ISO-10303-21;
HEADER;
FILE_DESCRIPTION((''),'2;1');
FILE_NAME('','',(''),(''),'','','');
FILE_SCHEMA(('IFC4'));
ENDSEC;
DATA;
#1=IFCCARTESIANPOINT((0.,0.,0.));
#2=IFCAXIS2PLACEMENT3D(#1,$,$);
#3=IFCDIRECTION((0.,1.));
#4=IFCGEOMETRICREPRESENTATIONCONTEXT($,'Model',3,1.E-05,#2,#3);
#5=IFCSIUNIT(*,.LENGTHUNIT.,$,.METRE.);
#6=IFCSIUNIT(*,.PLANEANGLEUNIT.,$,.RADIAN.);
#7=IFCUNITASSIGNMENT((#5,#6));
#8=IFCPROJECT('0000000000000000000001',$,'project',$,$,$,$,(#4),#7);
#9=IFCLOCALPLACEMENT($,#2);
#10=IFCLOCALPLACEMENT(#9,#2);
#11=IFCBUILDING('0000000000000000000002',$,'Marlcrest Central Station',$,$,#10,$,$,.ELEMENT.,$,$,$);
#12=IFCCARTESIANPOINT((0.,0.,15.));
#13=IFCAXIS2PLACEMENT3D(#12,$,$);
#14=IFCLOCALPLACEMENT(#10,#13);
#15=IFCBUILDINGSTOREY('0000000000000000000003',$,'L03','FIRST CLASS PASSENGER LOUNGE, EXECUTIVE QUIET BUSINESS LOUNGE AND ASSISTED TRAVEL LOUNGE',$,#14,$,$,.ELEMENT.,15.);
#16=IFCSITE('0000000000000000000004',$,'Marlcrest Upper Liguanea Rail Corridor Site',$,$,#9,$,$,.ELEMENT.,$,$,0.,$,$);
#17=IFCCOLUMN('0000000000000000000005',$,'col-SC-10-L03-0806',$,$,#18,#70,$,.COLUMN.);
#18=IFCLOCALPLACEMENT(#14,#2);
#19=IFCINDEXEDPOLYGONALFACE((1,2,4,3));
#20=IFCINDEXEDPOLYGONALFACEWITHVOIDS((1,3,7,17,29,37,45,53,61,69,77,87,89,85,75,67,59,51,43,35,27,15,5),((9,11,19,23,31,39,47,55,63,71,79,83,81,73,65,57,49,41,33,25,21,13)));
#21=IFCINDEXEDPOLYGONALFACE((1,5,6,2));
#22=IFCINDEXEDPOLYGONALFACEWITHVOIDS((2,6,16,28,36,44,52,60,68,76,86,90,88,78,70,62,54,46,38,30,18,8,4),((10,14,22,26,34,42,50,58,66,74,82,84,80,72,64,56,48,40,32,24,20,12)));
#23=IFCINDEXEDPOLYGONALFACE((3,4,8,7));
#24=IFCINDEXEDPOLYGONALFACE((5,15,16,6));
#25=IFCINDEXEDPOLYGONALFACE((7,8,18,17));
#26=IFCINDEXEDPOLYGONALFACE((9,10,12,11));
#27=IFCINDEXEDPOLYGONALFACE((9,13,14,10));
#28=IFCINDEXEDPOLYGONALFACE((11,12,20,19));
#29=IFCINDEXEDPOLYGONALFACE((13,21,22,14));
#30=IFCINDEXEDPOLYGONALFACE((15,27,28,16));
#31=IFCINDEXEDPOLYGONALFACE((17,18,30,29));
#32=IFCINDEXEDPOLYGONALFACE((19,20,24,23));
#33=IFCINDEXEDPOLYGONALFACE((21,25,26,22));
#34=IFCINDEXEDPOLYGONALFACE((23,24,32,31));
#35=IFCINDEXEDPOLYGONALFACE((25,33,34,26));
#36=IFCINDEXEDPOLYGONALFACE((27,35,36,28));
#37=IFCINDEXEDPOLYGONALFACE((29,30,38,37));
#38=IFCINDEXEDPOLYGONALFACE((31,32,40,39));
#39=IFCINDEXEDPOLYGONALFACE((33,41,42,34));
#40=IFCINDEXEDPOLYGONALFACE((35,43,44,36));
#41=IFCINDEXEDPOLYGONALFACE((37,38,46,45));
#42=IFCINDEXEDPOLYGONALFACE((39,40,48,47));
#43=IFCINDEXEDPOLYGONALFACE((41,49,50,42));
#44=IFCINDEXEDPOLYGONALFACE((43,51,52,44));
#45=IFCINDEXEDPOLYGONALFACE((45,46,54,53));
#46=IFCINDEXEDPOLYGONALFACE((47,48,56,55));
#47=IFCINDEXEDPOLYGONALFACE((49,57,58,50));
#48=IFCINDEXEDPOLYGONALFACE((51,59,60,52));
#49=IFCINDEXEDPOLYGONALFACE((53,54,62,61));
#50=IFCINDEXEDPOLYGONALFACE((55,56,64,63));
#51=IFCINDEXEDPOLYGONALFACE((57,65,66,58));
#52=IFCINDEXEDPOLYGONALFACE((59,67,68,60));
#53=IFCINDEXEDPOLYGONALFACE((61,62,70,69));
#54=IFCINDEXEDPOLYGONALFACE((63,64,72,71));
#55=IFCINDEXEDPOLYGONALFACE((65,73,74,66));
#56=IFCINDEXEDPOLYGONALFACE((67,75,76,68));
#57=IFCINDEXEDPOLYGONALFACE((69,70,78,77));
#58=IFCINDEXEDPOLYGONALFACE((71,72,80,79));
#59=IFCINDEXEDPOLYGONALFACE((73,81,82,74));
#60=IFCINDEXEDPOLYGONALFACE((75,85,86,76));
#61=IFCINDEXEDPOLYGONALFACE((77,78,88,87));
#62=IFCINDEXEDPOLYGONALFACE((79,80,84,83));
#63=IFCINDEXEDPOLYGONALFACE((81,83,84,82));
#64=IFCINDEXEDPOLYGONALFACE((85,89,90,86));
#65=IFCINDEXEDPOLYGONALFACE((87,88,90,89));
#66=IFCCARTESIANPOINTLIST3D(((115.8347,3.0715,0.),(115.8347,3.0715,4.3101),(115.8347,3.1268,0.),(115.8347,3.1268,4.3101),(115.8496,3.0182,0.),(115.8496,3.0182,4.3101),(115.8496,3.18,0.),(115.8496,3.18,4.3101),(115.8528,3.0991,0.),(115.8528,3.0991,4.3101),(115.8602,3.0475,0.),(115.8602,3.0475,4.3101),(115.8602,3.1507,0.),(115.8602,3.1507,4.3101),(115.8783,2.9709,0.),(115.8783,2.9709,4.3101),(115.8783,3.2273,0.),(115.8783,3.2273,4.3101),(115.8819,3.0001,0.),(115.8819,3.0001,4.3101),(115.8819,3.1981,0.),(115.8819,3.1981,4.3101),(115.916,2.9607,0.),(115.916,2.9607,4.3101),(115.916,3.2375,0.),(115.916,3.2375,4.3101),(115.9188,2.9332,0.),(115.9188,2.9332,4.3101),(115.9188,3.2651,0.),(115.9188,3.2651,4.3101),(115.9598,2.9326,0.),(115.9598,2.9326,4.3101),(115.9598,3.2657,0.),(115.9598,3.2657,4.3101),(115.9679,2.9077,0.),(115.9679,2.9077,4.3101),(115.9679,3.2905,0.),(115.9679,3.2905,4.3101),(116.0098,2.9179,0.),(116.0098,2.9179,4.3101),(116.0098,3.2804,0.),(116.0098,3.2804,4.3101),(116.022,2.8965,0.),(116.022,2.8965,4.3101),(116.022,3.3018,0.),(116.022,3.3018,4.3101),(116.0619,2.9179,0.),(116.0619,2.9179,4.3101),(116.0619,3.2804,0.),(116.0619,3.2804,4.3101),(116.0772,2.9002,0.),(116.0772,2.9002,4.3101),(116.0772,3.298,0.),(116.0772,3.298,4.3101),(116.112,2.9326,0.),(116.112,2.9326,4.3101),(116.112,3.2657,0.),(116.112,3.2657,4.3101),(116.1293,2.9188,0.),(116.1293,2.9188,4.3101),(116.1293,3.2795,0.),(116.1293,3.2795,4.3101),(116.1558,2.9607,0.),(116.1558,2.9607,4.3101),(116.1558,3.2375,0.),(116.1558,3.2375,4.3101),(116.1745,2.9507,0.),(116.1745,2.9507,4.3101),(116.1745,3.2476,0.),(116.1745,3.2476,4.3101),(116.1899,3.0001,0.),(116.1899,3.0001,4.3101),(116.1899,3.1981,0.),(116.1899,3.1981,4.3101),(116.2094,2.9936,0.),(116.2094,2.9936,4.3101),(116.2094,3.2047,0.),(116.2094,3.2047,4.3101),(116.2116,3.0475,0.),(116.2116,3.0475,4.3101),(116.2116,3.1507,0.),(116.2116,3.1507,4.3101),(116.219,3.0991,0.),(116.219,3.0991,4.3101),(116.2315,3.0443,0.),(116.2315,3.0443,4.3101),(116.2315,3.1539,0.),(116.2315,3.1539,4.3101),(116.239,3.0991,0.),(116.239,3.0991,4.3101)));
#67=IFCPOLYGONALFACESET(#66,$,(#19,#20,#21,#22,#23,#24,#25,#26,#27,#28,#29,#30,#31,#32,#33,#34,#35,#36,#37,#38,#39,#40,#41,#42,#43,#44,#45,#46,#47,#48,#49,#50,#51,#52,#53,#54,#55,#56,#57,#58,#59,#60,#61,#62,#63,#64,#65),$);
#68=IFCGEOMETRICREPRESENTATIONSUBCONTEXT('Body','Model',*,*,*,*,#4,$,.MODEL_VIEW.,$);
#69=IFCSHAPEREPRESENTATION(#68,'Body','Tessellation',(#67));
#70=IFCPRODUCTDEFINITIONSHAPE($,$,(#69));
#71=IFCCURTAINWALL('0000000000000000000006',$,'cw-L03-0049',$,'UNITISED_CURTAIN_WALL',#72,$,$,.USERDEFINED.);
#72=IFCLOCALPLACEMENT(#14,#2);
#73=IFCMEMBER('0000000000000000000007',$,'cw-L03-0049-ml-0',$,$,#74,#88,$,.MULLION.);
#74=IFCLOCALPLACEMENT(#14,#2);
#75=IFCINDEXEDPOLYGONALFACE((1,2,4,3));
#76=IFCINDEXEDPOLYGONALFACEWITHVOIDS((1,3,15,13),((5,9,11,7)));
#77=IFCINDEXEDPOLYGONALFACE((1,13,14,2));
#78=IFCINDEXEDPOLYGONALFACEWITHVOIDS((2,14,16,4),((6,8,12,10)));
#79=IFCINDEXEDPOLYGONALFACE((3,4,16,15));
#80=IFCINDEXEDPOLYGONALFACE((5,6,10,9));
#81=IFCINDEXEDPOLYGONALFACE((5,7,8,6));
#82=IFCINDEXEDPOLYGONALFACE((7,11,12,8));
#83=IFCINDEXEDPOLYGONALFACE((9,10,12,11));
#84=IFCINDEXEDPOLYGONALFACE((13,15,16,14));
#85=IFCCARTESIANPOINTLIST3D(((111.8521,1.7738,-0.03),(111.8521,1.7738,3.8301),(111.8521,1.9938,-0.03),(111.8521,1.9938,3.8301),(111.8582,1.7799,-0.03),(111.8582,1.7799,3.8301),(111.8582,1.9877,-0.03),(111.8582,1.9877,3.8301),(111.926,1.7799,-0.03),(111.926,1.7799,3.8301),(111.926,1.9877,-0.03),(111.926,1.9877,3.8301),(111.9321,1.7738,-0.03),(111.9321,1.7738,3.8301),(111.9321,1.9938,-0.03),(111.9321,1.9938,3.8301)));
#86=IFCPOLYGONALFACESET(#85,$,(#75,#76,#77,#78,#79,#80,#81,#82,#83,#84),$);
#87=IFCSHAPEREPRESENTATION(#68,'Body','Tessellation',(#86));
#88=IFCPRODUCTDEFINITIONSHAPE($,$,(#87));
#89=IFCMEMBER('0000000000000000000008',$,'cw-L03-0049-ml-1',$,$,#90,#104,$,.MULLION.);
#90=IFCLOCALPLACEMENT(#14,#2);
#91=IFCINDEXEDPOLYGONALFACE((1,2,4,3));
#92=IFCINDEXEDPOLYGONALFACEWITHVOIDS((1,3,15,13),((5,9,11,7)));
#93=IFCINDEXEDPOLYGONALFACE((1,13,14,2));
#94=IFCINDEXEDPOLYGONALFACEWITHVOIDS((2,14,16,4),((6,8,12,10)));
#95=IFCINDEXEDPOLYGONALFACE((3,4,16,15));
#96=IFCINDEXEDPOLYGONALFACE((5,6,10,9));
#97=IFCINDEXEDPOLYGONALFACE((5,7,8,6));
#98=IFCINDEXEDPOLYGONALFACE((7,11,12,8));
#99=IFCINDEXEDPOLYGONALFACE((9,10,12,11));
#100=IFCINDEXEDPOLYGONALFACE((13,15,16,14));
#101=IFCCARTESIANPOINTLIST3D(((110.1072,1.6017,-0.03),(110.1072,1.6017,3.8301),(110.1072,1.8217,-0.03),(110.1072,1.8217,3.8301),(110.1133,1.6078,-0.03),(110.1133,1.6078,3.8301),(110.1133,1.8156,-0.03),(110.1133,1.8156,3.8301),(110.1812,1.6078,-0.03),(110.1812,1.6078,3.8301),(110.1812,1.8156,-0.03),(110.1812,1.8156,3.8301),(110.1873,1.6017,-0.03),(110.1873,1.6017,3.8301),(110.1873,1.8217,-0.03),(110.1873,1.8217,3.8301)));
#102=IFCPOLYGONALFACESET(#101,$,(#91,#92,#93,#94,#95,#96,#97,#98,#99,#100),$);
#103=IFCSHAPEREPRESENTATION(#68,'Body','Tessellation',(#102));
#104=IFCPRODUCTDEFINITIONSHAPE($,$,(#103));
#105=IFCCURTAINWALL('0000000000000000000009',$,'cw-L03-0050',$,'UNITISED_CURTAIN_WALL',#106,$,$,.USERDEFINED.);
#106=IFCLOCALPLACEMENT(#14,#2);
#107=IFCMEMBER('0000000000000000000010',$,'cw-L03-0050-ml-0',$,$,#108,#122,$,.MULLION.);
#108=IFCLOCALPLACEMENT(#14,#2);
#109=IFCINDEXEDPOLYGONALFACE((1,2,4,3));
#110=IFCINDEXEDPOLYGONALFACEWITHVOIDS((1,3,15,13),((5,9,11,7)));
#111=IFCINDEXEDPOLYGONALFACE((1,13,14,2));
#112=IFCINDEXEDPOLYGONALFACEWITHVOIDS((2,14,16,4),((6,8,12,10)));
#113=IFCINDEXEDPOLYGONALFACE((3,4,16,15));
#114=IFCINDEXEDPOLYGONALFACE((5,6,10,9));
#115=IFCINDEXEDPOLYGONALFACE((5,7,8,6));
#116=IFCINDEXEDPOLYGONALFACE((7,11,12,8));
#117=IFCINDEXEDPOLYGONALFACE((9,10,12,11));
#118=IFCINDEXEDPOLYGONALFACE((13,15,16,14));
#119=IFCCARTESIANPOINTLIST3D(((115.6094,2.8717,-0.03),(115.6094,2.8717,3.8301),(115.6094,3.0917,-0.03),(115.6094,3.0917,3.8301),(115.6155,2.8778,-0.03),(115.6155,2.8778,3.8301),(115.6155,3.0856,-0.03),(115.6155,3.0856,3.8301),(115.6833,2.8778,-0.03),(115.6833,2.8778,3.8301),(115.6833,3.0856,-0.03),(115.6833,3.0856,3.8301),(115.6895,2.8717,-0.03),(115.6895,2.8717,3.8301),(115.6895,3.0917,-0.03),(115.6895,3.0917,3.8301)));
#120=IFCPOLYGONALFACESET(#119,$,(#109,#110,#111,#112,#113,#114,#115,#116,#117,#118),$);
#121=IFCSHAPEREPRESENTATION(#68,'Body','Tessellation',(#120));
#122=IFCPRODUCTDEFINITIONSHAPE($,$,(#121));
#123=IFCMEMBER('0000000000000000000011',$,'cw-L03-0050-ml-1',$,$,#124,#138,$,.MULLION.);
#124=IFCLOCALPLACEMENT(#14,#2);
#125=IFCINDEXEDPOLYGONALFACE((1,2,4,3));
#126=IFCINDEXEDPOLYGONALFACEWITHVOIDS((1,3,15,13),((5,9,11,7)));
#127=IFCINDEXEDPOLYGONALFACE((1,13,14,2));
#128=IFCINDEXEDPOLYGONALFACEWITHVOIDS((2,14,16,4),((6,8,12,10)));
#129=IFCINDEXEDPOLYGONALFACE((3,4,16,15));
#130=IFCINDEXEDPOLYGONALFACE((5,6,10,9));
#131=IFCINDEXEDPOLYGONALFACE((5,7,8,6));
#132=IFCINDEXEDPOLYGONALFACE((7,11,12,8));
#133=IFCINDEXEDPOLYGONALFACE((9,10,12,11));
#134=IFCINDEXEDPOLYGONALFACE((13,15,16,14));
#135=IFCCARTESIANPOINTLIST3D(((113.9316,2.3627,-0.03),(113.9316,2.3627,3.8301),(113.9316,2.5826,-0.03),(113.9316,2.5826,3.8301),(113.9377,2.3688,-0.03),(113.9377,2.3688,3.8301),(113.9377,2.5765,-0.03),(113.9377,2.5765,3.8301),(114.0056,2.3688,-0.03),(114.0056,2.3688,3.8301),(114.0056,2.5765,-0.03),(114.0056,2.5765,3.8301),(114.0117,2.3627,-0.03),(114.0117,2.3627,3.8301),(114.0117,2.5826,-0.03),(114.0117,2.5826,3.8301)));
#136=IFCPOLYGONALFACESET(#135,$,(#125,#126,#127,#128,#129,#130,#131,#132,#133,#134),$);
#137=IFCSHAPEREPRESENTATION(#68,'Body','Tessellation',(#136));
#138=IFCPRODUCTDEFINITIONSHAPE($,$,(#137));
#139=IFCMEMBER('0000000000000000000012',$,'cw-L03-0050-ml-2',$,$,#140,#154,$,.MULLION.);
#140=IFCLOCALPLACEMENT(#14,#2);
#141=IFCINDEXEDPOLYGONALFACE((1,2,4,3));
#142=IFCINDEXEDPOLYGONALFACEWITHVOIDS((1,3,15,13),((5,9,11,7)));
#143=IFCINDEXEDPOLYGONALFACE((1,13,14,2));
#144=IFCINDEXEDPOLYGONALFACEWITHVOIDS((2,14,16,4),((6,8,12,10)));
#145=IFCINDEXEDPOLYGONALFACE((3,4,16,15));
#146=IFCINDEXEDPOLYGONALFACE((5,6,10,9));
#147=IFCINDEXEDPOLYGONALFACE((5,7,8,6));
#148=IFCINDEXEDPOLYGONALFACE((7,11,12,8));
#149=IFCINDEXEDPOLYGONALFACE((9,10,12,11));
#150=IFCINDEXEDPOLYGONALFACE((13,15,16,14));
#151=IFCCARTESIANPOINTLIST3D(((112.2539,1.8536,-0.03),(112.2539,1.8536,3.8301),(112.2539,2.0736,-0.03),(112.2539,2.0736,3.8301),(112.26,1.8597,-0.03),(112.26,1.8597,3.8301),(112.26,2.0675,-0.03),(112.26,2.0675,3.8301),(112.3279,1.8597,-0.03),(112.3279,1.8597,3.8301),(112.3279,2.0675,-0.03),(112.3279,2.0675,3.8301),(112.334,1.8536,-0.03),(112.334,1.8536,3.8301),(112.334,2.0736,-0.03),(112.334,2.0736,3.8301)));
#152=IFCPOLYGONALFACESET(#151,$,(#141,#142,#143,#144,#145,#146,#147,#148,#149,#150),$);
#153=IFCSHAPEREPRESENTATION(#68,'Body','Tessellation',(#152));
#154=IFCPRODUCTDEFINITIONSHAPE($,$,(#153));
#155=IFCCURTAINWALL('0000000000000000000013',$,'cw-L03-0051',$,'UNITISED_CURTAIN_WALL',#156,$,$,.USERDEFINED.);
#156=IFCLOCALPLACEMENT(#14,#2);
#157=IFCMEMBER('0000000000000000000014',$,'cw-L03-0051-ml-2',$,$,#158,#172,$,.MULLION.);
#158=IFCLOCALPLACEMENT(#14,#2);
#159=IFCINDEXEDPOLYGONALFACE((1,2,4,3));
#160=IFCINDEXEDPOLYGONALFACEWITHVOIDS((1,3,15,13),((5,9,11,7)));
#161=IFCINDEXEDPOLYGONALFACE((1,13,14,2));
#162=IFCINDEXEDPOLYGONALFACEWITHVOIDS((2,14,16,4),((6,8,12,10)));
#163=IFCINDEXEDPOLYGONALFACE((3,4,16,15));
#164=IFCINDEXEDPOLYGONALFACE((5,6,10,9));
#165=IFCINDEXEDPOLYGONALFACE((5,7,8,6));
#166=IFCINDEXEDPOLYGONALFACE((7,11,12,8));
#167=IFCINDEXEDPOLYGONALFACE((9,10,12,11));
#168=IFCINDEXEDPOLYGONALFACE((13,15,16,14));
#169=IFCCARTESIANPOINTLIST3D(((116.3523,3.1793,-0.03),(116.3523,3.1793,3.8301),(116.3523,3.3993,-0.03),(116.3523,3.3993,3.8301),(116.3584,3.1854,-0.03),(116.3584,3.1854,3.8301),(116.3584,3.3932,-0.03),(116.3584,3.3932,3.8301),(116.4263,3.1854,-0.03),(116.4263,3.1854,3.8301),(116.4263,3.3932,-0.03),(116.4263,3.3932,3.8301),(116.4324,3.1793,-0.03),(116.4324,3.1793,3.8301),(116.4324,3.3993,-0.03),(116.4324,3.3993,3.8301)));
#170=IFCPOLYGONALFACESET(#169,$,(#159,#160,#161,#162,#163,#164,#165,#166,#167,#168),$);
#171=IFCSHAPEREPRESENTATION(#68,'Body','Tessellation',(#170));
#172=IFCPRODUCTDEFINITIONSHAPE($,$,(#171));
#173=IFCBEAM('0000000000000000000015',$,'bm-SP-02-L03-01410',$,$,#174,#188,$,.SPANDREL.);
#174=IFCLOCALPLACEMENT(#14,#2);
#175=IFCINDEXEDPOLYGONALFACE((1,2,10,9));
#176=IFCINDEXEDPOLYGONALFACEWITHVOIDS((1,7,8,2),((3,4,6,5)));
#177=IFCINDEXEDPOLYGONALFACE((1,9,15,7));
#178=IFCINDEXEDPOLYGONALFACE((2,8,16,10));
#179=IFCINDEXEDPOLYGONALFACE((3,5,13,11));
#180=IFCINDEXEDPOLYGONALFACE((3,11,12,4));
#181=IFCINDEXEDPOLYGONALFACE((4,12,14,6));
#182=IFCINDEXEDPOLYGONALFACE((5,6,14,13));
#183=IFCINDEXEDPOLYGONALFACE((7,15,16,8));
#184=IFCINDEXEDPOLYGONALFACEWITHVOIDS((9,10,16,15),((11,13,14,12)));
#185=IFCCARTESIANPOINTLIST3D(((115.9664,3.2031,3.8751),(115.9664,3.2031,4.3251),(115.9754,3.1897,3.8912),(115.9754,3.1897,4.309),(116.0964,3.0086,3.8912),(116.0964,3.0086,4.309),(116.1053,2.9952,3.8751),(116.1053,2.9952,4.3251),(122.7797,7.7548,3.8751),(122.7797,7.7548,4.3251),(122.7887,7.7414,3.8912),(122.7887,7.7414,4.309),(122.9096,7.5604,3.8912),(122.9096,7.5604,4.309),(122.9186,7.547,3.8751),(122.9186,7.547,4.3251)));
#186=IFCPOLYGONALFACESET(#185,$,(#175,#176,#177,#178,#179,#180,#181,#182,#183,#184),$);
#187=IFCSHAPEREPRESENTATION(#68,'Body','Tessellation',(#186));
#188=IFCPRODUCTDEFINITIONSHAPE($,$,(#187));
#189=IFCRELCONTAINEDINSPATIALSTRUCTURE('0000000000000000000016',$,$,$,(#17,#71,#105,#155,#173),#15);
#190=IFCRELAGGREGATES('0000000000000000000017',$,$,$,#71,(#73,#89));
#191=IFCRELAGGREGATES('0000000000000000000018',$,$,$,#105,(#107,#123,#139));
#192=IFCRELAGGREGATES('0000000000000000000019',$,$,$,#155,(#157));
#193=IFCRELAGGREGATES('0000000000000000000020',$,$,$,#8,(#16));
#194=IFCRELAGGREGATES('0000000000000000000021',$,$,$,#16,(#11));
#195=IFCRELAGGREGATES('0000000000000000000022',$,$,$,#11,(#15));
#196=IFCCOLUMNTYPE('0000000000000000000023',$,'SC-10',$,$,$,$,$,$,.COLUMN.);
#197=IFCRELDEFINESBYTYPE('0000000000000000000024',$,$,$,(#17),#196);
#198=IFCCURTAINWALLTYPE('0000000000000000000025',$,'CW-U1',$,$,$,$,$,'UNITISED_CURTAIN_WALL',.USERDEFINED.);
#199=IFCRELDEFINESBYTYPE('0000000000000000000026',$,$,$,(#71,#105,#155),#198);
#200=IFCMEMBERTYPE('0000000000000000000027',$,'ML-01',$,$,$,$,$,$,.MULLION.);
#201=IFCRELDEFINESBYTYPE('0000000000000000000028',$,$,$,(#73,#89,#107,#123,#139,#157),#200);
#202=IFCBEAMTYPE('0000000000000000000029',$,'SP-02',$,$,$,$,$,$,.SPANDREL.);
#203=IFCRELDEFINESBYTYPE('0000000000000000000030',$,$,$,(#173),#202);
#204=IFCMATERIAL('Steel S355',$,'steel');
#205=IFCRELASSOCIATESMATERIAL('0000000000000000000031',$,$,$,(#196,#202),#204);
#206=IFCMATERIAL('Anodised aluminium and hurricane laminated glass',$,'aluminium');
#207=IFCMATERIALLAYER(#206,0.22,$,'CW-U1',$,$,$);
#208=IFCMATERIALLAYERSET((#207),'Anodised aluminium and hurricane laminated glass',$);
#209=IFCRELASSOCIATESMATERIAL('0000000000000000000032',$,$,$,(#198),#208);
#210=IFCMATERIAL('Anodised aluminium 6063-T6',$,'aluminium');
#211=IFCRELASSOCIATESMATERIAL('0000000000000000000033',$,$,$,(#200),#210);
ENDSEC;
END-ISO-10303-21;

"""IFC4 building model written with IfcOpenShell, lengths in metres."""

from ifc_helpers import new_model, si_unit, direction, frame, origin, origin_2d, place, context, subcontext, project, spatial, hollow_rectangle, hollow_circle, extrude, material, layer, layer_set, material_profile, profile_set, type_object, element, aggregate, save


model = new_model("IFC4")

# Units and contexts
model_context = context("Model", 3, precision=1e-05, world=origin(), true_north=direction((0.0, 1.0)))
body_context = subcontext(model_context, "Body", "Model", "MODEL_VIEW")
ifc_project = project(units=[si_unit("LENGTHUNIT", "METRE"), si_unit("PLANEANGLEUNIT", "RADIAN")], contexts=[model_context])

# Site, building, storey
site_placement = place(None, origin())
site = spatial("IfcSite", under=ifc_project, at=site_placement, Name="Marlcrest Upper Liguanea Rail Corridor Site", CompositionType="ELEMENT", RefElevation=0.0)
building_placement = place(site_placement, origin())
building = spatial("IfcBuilding", under=site, at=building_placement, Name="Marlcrest Central Station", CompositionType="ELEMENT")
storey_placement = place(building_placement, frame((0.0, 0.0, 15.0)))
storey = spatial("IfcBuildingStorey", under=building, at=storey_placement, Name="L03", Description="FIRST CLASS PASSENGER LOUNGE, EXECUTIVE QUIET BUSINESS LOUNGE AND ASSISTED TRAVEL LOUNGE", CompositionType="ELEMENT", Elevation=15.0)

# Column
ifc_material_1 = material(Name="Steel S355", Category="steel")
ifc_material_profile_1 = material_profile(ifc_material_1, hollow_circle(Radius=0.2031, WallThickness=0.02, at=origin_2d()), Name="CHS 406.4x20")
ifc_profile_set_1 = profile_set([ifc_material_profile_1], Name="Steel S355")
column_type = type_object("IfcColumnType", Name="SC-10", PredefinedType="COLUMN", material=ifc_profile_set_1)
column_placement = place(storey_placement, frame((116.0359, 3.0991, 0.0), z_axis=(0.0, 0.0, 1.0), x_axis=(1.0, 0.0, 0.0)))
element("IfcColumn", 1, at=column_placement, inside=storey, type_object=column_type, Name="col-SC-10-L03-0806", PredefinedType="COLUMN", context=body_context, shape_type="SweptSolid", body=[
    extrude(hollow_circle(Radius=0.2031, WallThickness=0.02, at=origin_2d()), origin(), (0.0, 0.0, 1.0), 4.3101),
])

# Curtain walls, members
ifc_material_2 = material(Name="Anodised aluminium and hurricane laminated glass", Category="aluminium")
ifc_layer_1 = layer(ifc_material_2, 0.22, Name="CW-U1")
ifc_layer_set_1 = layer_set([ifc_layer_1], Name="Anodised aluminium and hurricane laminated glass")
curtain_wall_type = type_object("IfcCurtainWallType", Name="CW-U1", ElementType="UNITISED_CURTAIN_WALL", PredefinedType="USERDEFINED", material=ifc_layer_set_1)
curtain_wall_1_placement = place(storey_placement, origin())
curtain_wall_1 = element("IfcCurtainWall", 2, at=curtain_wall_1_placement, inside=storey, type_object=curtain_wall_type, Name="cw-L03-0049", ObjectType="UNITISED_CURTAIN_WALL", PredefinedType="USERDEFINED")
ifc_material_3 = material(Name="Anodised aluminium 6063-T6", Category="aluminium")
ifc_material_profile_2 = material_profile(ifc_material_3, hollow_rectangle(XDim=0.0801, YDim=0.22, WallThickness=0.0061, at=origin_2d()), Name="AA-RHS 220x80x6")
ifc_profile_set_2 = profile_set([ifc_material_profile_2], Name="Anodised aluminium 6063-T6")
member_type_1 = type_object("IfcMemberType", Name="ML-01", PredefinedType="MULLION", material=ifc_profile_set_2)
member_1_placement = place(storey_placement, frame((111.8921, 1.8838, -0.03), z_axis=(0.0, 0.0, 1.0), x_axis=(1.0, 0.0, 0.0)))
member_1 = element("IfcMember", 3, at=member_1_placement, type_object=member_type_1, Name="cw-L03-0049-ml-0", PredefinedType="MULLION", context=body_context, shape_type="SweptSolid", body=[
    extrude(hollow_rectangle(XDim=0.0801, YDim=0.22, WallThickness=0.0061, at=origin_2d()), origin(), (0.0, 0.0, 1.0), 3.8601),
])
member_2_placement = place(storey_placement, frame((110.1472, 1.7117, -0.03), z_axis=(0.0, 0.0, 1.0), x_axis=(1.0, 0.0, 0.0)))
member_2 = element("IfcMember", 4, at=member_2_placement, type_object=member_type_1, Name="cw-L03-0049-ml-1", PredefinedType="MULLION", context=body_context, shape_type="SweptSolid", body=[
    extrude(hollow_rectangle(XDim=0.0801, YDim=0.22, WallThickness=0.0061, at=origin_2d()), origin(), (0.0, 0.0, 1.0), 3.8601),
])
curtain_wall_2_placement = place(storey_placement, origin())
curtain_wall_2 = element("IfcCurtainWall", 5, at=curtain_wall_2_placement, inside=storey, type_object=curtain_wall_type, Name="cw-L03-0050", ObjectType="UNITISED_CURTAIN_WALL", PredefinedType="USERDEFINED")
member_3_placement = place(storey_placement, frame((115.6494, 2.9817, -0.03), z_axis=(0.0, 0.0, 1.0), x_axis=(1.0, 0.0, 0.0)))
member_3 = element("IfcMember", 6, at=member_3_placement, type_object=member_type_1, Name="cw-L03-0050-ml-0", PredefinedType="MULLION", context=body_context, shape_type="SweptSolid", body=[
    extrude(hollow_rectangle(XDim=0.0801, YDim=0.22, WallThickness=0.0061, at=origin_2d()), origin(), (0.0, 0.0, 1.0), 3.8601),
])
member_4_placement = place(storey_placement, frame((113.9717, 2.4727, -0.03), z_axis=(0.0, 0.0, 1.0), x_axis=(1.0, 0.0, 0.0)))
member_4 = element("IfcMember", 7, at=member_4_placement, type_object=member_type_1, Name="cw-L03-0050-ml-1", PredefinedType="MULLION", context=body_context, shape_type="SweptSolid", body=[
    extrude(hollow_rectangle(XDim=0.0801, YDim=0.22, WallThickness=0.0061, at=origin_2d()), origin(), (0.0, 0.0, 1.0), 3.8601),
])
member_5_placement = place(storey_placement, frame((112.2939, 1.9636, -0.03), z_axis=(0.0, 0.0, 1.0), x_axis=(1.0, 0.0, 0.0)))
member_5 = element("IfcMember", 8, at=member_5_placement, type_object=member_type_1, Name="cw-L03-0050-ml-2", PredefinedType="MULLION", context=body_context, shape_type="SweptSolid", body=[
    extrude(hollow_rectangle(XDim=0.0801, YDim=0.22, WallThickness=0.0061, at=origin_2d()), origin(), (0.0, 0.0, 1.0), 3.8601),
])

# Curtain wall, member
curtain_wall_3_placement = place(storey_placement, origin())
curtain_wall_3 = element("IfcCurtainWall", 9, at=curtain_wall_3_placement, inside=storey, type_object=curtain_wall_type, Name="cw-L03-0051", ObjectType="UNITISED_CURTAIN_WALL", PredefinedType="USERDEFINED")
member_6_placement = place(storey_placement, frame((116.3923, 3.2893, -0.03), z_axis=(0.0, 0.0, 1.0), x_axis=(1.0, 0.0, 0.0)))
member_6 = element("IfcMember", 10, at=member_6_placement, type_object=member_type_1, Name="cw-L03-0051-ml-2", PredefinedType="MULLION", context=body_context, shape_type="SweptSolid", body=[
    extrude(hollow_rectangle(XDim=0.0801, YDim=0.22, WallThickness=0.0061, at=origin_2d()), origin(), (0.0, 0.0, 1.0), 3.8601),
])

# Beam
ifc_material_profile_3 = material_profile(ifc_material_1, hollow_rectangle(XDim=0.25, YDim=0.45, WallThickness=0.0161, at=origin_2d()), Name="RHS 450x250x16")
ifc_profile_set_3 = profile_set([ifc_material_profile_3], Name="Steel S355")
beam_type = type_object("IfcBeamType", Name="SP-02", PredefinedType="SPANDREL", material=ifc_profile_set_3)
beam_placement = place(storey_placement, frame((116.0359, 3.0991, 4.1001), z_axis=(0.831509, 0.555511, 0.0), x_axis=(-0.555511, 0.831509, 0.0)))
element("IfcBeam", 11, at=beam_placement, inside=storey, type_object=beam_type, Name="bm-SP-02-L03-01410", PredefinedType="SPANDREL", context=body_context, shape_type="SweptSolid", body=[
    extrude(hollow_rectangle(XDim=0.25, YDim=0.45, WallThickness=0.0161, at=origin_2d()), origin(), (0.0, 0.0, 1.0), 8.1938),
])

aggregate(curtain_wall_1, [member_1, member_2])
aggregate(curtain_wall_2, [member_3, member_4, member_5])
aggregate(curtain_wall_3, [member_6])

save(model, "model.ifc")
